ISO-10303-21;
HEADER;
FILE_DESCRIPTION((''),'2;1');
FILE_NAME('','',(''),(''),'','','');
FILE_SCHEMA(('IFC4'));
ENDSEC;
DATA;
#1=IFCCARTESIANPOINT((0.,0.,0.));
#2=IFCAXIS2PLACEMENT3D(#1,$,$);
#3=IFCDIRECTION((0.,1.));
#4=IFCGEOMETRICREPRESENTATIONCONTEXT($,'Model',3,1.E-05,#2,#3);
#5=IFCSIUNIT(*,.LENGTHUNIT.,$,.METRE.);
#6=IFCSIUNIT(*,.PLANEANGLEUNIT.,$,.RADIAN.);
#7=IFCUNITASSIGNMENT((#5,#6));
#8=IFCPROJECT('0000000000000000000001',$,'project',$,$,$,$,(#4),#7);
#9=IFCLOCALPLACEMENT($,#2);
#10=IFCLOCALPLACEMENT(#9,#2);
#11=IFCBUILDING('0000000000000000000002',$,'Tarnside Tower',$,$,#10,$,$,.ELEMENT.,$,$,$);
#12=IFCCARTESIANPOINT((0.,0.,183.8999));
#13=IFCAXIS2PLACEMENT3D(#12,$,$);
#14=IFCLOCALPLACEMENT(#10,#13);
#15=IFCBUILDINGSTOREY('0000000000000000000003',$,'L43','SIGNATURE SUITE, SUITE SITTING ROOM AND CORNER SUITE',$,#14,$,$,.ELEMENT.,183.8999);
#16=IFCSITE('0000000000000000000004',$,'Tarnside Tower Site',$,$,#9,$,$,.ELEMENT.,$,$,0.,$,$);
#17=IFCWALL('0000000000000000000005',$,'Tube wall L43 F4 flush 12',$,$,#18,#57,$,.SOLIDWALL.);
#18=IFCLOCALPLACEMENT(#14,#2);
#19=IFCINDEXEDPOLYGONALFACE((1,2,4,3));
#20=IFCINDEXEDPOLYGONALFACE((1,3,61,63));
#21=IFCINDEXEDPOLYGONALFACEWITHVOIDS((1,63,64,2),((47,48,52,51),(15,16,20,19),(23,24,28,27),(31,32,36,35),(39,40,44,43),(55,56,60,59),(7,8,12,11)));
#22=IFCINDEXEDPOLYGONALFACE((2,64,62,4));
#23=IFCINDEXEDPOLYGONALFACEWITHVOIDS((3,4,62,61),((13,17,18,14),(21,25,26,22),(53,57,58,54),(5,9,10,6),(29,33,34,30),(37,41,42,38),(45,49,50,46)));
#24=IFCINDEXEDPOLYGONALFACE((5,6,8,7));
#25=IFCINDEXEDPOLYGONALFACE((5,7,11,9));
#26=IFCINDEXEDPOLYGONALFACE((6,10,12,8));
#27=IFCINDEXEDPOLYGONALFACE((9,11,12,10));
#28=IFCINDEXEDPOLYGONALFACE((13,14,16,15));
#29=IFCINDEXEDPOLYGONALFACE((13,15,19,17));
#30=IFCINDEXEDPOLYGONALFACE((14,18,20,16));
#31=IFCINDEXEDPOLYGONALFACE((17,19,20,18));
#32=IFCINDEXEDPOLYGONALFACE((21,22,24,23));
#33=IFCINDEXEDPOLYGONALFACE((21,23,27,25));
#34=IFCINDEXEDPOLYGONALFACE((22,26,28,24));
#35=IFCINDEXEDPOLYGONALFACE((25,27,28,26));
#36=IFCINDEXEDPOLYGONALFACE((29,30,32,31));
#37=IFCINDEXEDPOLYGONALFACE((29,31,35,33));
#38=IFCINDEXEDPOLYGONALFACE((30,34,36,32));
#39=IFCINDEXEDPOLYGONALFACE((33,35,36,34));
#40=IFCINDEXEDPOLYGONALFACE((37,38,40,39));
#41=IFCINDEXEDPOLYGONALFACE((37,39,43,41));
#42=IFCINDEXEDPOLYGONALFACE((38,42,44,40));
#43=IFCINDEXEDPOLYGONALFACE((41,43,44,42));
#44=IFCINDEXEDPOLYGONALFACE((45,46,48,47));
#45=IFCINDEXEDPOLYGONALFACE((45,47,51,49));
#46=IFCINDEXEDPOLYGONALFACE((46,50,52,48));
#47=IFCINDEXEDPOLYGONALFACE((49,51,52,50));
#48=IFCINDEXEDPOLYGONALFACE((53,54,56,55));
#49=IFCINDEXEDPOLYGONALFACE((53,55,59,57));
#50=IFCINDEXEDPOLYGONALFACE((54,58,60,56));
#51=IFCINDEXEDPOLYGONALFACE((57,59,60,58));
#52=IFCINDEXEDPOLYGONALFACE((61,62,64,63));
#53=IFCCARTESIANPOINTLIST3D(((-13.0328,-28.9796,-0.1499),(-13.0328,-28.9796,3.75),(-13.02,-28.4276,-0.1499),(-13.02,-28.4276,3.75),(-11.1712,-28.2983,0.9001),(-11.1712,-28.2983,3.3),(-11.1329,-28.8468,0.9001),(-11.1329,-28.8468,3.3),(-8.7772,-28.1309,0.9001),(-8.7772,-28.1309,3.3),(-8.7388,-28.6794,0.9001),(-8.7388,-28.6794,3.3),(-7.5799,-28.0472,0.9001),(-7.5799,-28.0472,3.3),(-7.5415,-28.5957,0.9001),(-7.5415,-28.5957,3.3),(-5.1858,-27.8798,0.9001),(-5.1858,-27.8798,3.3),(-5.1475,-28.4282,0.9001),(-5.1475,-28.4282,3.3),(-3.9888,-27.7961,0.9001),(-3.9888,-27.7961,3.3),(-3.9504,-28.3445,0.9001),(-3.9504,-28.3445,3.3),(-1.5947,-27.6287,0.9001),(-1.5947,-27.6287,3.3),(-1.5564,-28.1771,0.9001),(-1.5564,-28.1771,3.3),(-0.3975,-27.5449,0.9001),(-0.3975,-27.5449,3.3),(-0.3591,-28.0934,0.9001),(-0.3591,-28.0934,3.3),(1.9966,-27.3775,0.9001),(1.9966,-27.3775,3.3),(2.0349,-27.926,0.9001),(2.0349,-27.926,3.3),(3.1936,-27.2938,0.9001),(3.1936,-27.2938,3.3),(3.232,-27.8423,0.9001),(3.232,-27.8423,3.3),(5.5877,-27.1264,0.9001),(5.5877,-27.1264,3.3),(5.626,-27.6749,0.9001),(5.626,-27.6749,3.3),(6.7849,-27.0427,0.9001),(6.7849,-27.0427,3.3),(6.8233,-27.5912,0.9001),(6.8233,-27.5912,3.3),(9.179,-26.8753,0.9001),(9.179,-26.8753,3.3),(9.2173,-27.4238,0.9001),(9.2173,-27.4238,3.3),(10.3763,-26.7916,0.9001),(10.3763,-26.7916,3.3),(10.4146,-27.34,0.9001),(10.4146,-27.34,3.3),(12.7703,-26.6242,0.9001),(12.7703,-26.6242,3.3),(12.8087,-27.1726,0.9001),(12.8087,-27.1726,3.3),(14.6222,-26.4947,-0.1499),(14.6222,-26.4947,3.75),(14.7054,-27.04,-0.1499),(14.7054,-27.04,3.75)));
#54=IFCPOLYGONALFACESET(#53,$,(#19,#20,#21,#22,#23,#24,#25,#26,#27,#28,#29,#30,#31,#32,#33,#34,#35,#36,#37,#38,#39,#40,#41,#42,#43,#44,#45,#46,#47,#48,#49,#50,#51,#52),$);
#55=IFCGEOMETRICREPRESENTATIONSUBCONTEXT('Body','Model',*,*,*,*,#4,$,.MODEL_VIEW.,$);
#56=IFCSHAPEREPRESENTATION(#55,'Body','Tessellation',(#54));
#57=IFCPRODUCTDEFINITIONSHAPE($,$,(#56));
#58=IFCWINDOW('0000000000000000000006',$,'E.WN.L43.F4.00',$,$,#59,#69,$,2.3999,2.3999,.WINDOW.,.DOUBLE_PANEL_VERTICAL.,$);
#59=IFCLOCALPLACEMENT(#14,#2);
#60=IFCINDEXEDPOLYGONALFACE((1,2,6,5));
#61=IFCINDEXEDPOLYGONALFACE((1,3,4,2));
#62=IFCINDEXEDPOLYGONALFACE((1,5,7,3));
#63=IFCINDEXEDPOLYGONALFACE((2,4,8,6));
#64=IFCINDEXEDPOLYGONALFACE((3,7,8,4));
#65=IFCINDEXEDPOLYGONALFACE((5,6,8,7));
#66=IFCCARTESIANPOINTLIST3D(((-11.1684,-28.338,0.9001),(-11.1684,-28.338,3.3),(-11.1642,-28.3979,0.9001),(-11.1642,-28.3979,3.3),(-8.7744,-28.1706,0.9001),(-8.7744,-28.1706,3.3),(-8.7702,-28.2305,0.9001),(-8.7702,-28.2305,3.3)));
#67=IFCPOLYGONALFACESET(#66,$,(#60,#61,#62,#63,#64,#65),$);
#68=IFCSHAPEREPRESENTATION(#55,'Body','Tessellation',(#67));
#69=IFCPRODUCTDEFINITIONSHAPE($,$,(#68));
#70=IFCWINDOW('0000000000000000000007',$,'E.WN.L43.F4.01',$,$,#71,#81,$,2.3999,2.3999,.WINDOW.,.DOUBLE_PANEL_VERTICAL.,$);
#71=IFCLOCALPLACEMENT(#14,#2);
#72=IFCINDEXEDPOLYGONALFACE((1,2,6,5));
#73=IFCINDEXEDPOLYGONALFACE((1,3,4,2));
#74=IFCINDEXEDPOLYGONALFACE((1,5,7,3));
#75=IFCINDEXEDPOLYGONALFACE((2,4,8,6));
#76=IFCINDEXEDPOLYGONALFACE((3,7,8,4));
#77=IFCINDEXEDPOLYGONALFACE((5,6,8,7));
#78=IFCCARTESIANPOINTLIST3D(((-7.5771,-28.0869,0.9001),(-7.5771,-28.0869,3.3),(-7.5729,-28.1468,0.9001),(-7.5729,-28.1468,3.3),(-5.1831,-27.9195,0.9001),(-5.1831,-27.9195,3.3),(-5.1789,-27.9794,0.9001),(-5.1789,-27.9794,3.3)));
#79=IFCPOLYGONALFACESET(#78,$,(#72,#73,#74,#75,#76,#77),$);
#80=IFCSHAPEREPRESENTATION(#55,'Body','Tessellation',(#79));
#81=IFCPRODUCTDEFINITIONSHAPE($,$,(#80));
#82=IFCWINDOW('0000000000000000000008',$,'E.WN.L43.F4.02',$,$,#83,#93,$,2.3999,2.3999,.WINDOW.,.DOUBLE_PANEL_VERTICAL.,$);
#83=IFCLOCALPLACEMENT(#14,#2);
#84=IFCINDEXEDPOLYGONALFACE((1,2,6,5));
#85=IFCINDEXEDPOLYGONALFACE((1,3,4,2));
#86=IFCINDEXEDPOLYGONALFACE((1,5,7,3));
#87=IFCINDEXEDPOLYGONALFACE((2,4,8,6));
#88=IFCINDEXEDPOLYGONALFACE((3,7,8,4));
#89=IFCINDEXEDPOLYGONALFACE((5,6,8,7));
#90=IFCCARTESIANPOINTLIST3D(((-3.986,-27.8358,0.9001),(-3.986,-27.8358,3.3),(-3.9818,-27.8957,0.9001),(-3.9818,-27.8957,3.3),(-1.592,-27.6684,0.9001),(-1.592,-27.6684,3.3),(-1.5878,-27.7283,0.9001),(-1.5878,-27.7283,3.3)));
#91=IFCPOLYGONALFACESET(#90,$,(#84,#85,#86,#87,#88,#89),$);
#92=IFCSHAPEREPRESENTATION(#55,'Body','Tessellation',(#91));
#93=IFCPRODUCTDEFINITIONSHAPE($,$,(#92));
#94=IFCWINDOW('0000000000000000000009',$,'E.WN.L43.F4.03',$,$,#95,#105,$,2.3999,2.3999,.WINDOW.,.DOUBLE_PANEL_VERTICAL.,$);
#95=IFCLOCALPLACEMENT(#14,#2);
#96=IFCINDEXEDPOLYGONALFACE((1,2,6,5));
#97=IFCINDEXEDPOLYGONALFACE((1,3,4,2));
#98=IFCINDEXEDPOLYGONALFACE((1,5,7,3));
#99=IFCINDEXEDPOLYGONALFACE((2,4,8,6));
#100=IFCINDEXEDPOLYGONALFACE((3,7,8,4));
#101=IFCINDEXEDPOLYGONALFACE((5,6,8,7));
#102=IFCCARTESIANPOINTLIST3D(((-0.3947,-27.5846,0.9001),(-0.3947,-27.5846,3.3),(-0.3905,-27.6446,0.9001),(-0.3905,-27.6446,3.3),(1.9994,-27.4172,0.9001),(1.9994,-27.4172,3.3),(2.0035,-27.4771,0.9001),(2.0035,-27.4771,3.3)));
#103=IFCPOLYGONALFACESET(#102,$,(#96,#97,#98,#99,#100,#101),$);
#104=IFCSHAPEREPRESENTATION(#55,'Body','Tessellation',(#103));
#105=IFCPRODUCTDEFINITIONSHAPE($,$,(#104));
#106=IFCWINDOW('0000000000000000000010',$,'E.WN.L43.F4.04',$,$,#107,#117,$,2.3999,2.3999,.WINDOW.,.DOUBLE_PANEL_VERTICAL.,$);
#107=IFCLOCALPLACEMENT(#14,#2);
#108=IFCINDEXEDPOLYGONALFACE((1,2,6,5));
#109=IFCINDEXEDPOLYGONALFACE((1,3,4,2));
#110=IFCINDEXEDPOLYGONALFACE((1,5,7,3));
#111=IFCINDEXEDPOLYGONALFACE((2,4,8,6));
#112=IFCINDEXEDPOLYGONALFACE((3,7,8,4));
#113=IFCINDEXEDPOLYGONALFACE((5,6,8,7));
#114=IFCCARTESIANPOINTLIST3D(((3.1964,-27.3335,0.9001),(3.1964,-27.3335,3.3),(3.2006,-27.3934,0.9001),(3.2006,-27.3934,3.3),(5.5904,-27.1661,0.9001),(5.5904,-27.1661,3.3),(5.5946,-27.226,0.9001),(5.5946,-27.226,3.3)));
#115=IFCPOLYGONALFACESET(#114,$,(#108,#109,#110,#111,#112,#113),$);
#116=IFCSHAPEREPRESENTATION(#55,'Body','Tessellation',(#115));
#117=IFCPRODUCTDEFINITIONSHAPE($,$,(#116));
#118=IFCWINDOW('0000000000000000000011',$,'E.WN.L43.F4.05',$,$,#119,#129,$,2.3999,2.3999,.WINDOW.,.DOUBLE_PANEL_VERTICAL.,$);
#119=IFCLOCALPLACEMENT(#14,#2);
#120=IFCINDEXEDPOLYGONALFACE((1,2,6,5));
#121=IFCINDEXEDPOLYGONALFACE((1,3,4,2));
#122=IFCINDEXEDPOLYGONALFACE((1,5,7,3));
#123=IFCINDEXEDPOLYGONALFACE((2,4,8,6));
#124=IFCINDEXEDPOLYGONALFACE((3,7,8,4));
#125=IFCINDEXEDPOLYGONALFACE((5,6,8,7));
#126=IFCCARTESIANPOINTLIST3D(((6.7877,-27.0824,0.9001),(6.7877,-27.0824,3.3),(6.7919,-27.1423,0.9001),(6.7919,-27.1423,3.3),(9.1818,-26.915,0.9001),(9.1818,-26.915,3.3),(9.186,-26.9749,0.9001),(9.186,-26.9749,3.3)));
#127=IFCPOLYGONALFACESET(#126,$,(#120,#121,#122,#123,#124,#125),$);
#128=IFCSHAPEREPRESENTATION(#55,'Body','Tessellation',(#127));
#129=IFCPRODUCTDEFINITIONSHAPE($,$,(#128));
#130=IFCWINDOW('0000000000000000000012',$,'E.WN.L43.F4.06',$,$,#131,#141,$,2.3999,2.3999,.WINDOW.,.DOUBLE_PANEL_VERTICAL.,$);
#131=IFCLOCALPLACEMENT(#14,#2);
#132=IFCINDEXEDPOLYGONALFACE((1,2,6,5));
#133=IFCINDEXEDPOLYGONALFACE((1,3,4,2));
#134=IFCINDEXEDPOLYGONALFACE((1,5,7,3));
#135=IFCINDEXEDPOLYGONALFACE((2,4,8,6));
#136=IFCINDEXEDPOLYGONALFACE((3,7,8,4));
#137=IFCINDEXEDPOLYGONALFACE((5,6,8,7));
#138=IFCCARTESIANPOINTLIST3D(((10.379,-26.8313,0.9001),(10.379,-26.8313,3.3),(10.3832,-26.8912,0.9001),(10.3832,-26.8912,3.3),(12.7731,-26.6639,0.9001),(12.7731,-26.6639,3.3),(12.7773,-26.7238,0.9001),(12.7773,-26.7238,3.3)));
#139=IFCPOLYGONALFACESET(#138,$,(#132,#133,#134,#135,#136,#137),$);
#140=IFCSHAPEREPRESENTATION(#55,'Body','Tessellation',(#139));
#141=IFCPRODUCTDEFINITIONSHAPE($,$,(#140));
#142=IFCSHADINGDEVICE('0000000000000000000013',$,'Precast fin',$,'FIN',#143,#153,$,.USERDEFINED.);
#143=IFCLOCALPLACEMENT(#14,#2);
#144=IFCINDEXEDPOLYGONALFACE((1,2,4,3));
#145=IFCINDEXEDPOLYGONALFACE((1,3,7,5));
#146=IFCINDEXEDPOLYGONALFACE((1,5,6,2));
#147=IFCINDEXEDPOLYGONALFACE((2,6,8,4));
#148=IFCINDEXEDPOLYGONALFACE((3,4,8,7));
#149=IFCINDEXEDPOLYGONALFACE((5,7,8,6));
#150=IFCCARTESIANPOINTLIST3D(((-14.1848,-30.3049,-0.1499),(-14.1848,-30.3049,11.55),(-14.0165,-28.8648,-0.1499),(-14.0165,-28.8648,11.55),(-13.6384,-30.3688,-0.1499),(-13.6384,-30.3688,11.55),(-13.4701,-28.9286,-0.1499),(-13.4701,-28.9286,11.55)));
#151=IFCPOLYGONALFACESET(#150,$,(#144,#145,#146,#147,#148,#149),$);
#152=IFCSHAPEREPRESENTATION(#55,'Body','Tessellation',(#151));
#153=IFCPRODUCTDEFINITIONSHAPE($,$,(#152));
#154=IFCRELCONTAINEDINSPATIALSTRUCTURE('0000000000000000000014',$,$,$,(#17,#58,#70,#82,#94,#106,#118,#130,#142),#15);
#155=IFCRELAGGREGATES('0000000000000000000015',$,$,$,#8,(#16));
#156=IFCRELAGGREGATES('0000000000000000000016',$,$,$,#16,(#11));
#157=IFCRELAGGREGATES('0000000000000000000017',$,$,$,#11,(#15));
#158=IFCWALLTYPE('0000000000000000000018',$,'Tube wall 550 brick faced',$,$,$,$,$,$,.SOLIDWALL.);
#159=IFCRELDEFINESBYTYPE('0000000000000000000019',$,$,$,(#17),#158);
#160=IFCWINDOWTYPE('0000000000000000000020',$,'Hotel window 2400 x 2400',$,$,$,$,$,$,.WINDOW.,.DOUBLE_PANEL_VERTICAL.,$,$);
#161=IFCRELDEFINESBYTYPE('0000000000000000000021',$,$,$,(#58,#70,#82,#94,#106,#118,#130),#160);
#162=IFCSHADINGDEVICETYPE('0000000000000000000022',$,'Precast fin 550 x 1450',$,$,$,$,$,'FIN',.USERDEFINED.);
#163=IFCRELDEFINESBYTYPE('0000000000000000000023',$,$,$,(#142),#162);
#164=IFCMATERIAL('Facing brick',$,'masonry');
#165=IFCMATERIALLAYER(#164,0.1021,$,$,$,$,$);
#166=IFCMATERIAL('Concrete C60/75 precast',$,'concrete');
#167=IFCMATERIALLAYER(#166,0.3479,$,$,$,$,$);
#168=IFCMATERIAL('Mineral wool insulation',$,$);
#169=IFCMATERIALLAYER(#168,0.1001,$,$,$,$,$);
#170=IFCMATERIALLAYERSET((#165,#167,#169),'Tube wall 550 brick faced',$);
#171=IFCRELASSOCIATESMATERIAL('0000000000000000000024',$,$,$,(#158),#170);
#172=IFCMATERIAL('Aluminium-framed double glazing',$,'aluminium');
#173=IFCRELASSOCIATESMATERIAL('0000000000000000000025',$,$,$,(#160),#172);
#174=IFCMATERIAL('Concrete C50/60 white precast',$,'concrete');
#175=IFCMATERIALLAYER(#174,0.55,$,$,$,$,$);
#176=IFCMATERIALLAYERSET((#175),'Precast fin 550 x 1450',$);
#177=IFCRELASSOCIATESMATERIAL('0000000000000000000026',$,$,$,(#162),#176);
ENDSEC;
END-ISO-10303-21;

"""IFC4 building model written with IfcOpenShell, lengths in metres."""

from ifc_helpers import new_model, si_unit, direction, frame, frame_2d, origin, place, context, subcontext, project, spatial, polyline, rectangle, outline, extrude, material, layer, layer_set, type_object, element, fill, save


model = new_model("IFC4")

# Units and contexts
model_context = context("Model", 3, precision=1e-05, world=origin(), true_north=direction((0.0, 1.0)))
body_context = subcontext(model_context, "Body", "Model", "MODEL_VIEW")
ifc_project = project(units=[si_unit("LENGTHUNIT", "METRE"), si_unit("PLANEANGLEUNIT", "RADIAN")], contexts=[model_context])

# Site, building, storey
site_placement = place(None, origin())
site = spatial("IfcSite", under=ifc_project, at=site_placement, Name="Tarnside Tower Site", CompositionType="ELEMENT", RefElevation=0.0)
building_placement = place(site_placement, origin())
building = spatial("IfcBuilding", under=site, at=building_placement, Name="Tarnside Tower", CompositionType="ELEMENT")
storey_placement = place(building_placement, frame((0.0, 0.0, 183.8999)))
storey = spatial("IfcBuildingStorey", under=building, at=storey_placement, Name="L43", Description="SIGNATURE SUITE, SUITE SITTING ROOM AND CORNER SUITE", CompositionType="ELEMENT", Elevation=183.8999)

# Shared definitions
ifc_material_1 = material(Name="Facing brick", Category="masonry")
ifc_layer_1 = layer(ifc_material_1, 0.1021)
ifc_material_2 = material(Name="Concrete C60/75 precast", Category="concrete")
ifc_layer_2 = layer(ifc_material_2, 0.3479)
ifc_material_3 = material(Name="Mineral wool insulation")
ifc_layer_3 = layer(ifc_material_3, 0.1001)
ifc_layer_set_1 = layer_set([ifc_layer_1, ifc_layer_2, ifc_layer_3], Name="Tube wall 550 brick faced")
wall_type_1 = type_object("IfcWallType", Name="Tube wall 550 brick faced", PredefinedType="SOLIDWALL", material=ifc_layer_set_1)

# Wall, openings, windows
wall_1_placement = place(storey_placement, frame((-13.0264, -28.7036, -0.1499), z_axis=(0.0, 0.0, 1.0), x_axis=(0.997564, 0.069756, 0.0)))
wall_1 = element("IfcWall", 1, at=wall_1_placement, inside=storey, type_object=wall_type_1, Name="Tube wall L43 F4 flush 12", PredefinedType="SOLIDWALL", context=body_context, shape_type="SweptSolid", body=[
    extrude(outline(polyline([(-0.0256, -0.2749), (27.7803, -0.2749), (27.7354, 0.2749), (0.0256, 0.2749), (-0.0256, -0.2749)])), origin(), (0.0, 0.0, 1.0), 3.8999),
])
opening_1_placement = place(wall_1_placement, frame((1.8789, 0.0, 1.05)))
opening_1 = element("IfcOpeningElement", 2, at=opening_1_placement, cuts=wall_1, PredefinedType="OPENING", context=body_context, shape_type="SweptSolid", body=[
    extrude(rectangle(XDim=2.3999, YDim=2.3999, at=frame_2d((1.2, 1.2))), frame((0.0, 0.2852, 0.0), z_axis=(0.0, -1.0, 0.0), x_axis=(1.0, 0.0, 0.0)), (0.0, 0.0, 1.0), 0.5701),
])
opening_2_placement = place(wall_1_placement, frame((5.479, 0.0, 1.05)))
opening_2 = element("IfcOpeningElement", 3, at=opening_2_placement, cuts=wall_1, PredefinedType="OPENING", context=body_context, shape_type="SweptSolid", body=[
    extrude(rectangle(XDim=2.3999, YDim=2.3999, at=frame_2d((1.2, 1.2))), frame((0.0, 0.2852, 0.0), z_axis=(0.0, -1.0, 0.0), x_axis=(1.0, 0.0, 0.0)), (0.0, 0.0, 1.0), 0.5701),
])
opening_3_placement = place(wall_1_placement, frame((9.0789, 0.0, 1.05)))
opening_3 = element("IfcOpeningElement", 4, at=opening_3_placement, cuts=wall_1, PredefinedType="OPENING", context=body_context, shape_type="SweptSolid", body=[
    extrude(rectangle(XDim=2.3999, YDim=2.3999, at=frame_2d((1.2, 1.2))), frame((0.0, 0.2852, 0.0), z_axis=(0.0, -1.0, 0.0), x_axis=(1.0, 0.0, 0.0)), (0.0, 0.0, 1.0), 0.5701),
])
opening_4_placement = place(wall_1_placement, frame((12.679, 0.0, 1.05)))
opening_4 = element("IfcOpeningElement", 5, at=opening_4_placement, cuts=wall_1, PredefinedType="OPENING", context=body_context, shape_type="SweptSolid", body=[
    extrude(rectangle(XDim=2.3999, YDim=2.3999, at=frame_2d((1.2, 1.2))), frame((0.0, 0.2852, 0.0), z_axis=(0.0, -1.0, 0.0), x_axis=(1.0, 0.0, 0.0)), (0.0, 0.0, 1.0), 0.5701),
])
opening_5_placement = place(wall_1_placement, frame((16.2788, 0.0, 1.05)))
opening_5 = element("IfcOpeningElement", 6, at=opening_5_placement, cuts=wall_1, PredefinedType="OPENING", context=body_context, shape_type="SweptSolid", body=[
    extrude(rectangle(XDim=2.3999, YDim=2.3999, at=frame_2d((1.2, 1.2))), frame((0.0, 0.2852, 0.0), z_axis=(0.0, -1.0, 0.0), x_axis=(1.0, 0.0, 0.0)), (0.0, 0.0, 1.0), 0.5701),
])
opening_6_placement = place(wall_1_placement, frame((19.8789, 0.0, 1.05)))
opening_6 = element("IfcOpeningElement", 7, at=opening_6_placement, cuts=wall_1, PredefinedType="OPENING", context=body_context, shape_type="SweptSolid", body=[
    extrude(rectangle(XDim=2.3999, YDim=2.3999, at=frame_2d((1.2, 1.2))), frame((0.0, 0.2852, 0.0), z_axis=(0.0, -1.0, 0.0), x_axis=(1.0, 0.0, 0.0)), (0.0, 0.0, 1.0), 0.5701),
])
opening_7_placement = place(wall_1_placement, frame((23.479, 0.0, 1.05)))
opening_7 = element("IfcOpeningElement", 8, at=opening_7_placement, cuts=wall_1, PredefinedType="OPENING", context=body_context, shape_type="SweptSolid", body=[
    extrude(rectangle(XDim=2.3999, YDim=2.3999, at=frame_2d((1.2, 1.2))), frame((0.0, 0.2852, 0.0), z_axis=(0.0, -1.0, 0.0), x_axis=(1.0, 0.0, 0.0)), (0.0, 0.0, 1.0), 0.5701),
])
ifc_material_4 = material(Name="Aluminium-framed double glazing", Category="aluminium")
window_type = type_object("IfcWindowType", Name="Hotel window 2400 x 2400", PartitioningType="DOUBLE_PANEL_VERTICAL", PredefinedType="WINDOW", material=ifc_material_4)
window_1_placement = place(opening_1_placement, frame((0.0, 0.2051, 0.0)))
window_1 = element("IfcWindow", 9, at=window_1_placement, inside=storey, type_object=window_type, Name="E.WN.L43.F4.00", OverallHeight=2.3999, OverallWidth=2.3999, PartitioningType="DOUBLE_PANEL_VERTICAL", PredefinedType="WINDOW", context=body_context, shape_type="SweptSolid", body=[
    extrude(rectangle(XDim=2.3999, YDim=2.3999, at=frame_2d((1.2, 1.2))), frame((0.0, 0.03, 0.0), z_axis=(0.0, -1.0, 0.0), x_axis=(1.0, 0.0, 0.0)), (0.0, 0.0, 1.0), 0.0601),
])
fill(opening_1, window_1)
window_2_placement = place(opening_2_placement, frame((0.0, 0.2051, 0.0)))
window_2 = element("IfcWindow", 10, at=window_2_placement, inside=storey, type_object=window_type, Name="E.WN.L43.F4.01", OverallHeight=2.3999, OverallWidth=2.3999, PartitioningType="DOUBLE_PANEL_VERTICAL", PredefinedType="WINDOW", context=body_context, shape_type="SweptSolid", body=[
    extrude(rectangle(XDim=2.3999, YDim=2.3999, at=frame_2d((1.2, 1.2))), frame((0.0, 0.03, 0.0), z_axis=(0.0, -1.0, 0.0), x_axis=(1.0, 0.0, 0.0)), (0.0, 0.0, 1.0), 0.0601),
])
fill(opening_2, window_2)
window_3_placement = place(opening_3_placement, frame((0.0, 0.2051, 0.0)))
window_3 = element("IfcWindow", 11, at=window_3_placement, inside=storey, type_object=window_type, Name="E.WN.L43.F4.02", OverallHeight=2.3999, OverallWidth=2.3999, PartitioningType="DOUBLE_PANEL_VERTICAL", PredefinedType="WINDOW", context=body_context, shape_type="SweptSolid", body=[
    extrude(rectangle(XDim=2.3999, YDim=2.3999, at=frame_2d((1.2, 1.2))), frame((0.0, 0.03, 0.0), z_axis=(0.0, -1.0, 0.0), x_axis=(1.0, 0.0, 0.0)), (0.0, 0.0, 1.0), 0.0601),
])
fill(opening_3, window_3)
window_4_placement = place(opening_4_placement, frame((0.0, 0.2051, 0.0)))
window_4 = element("IfcWindow", 12, at=window_4_placement, inside=storey, type_object=window_type, Name="E.WN.L43.F4.03", OverallHeight=2.3999, OverallWidth=2.3999, PartitioningType="DOUBLE_PANEL_VERTICAL", PredefinedType="WINDOW", context=body_context, shape_type="SweptSolid", body=[
    extrude(rectangle(XDim=2.3999, YDim=2.3999, at=frame_2d((1.2, 1.2))), frame((0.0, 0.03, 0.0), z_axis=(0.0, -1.0, 0.0), x_axis=(1.0, 0.0, 0.0)), (0.0, 0.0, 1.0), 0.0601),
])
fill(opening_4, window_4)
window_5_placement = place(opening_5_placement, frame((0.0, 0.2051, 0.0)))
window_5 = element("IfcWindow", 13, at=window_5_placement, inside=storey, type_object=window_type, Name="E.WN.L43.F4.04", OverallHeight=2.3999, OverallWidth=2.3999, PartitioningType="DOUBLE_PANEL_VERTICAL", PredefinedType="WINDOW", context=body_context, shape_type="SweptSolid", body=[
    extrude(rectangle(XDim=2.3999, YDim=2.3999, at=frame_2d((1.2, 1.2))), frame((0.0, 0.03, 0.0), z_axis=(0.0, -1.0, 0.0), x_axis=(1.0, 0.0, 0.0)), (0.0, 0.0, 1.0), 0.0601),
])
fill(opening_5, window_5)
window_6_placement = place(opening_6_placement, frame((0.0, 0.2051, 0.0)))
window_6 = element("IfcWindow", 14, at=window_6_placement, inside=storey, type_object=window_type, Name="E.WN.L43.F4.05", OverallHeight=2.3999, OverallWidth=2.3999, PartitioningType="DOUBLE_PANEL_VERTICAL", PredefinedType="WINDOW", context=body_context, shape_type="SweptSolid", body=[
    extrude(rectangle(XDim=2.3999, YDim=2.3999, at=frame_2d((1.2, 1.2))), frame((0.0, 0.03, 0.0), z_axis=(0.0, -1.0, 0.0), x_axis=(1.0, 0.0, 0.0)), (0.0, 0.0, 1.0), 0.0601),
])
fill(opening_6, window_6)
window_7_placement = place(opening_7_placement, frame((0.0, 0.2051, 0.0)))
window_7 = element("IfcWindow", 15, at=window_7_placement, inside=storey, type_object=window_type, Name="E.WN.L43.F4.06", OverallHeight=2.3999, OverallWidth=2.3999, PartitioningType="DOUBLE_PANEL_VERTICAL", PredefinedType="WINDOW", context=body_context, shape_type="SweptSolid", body=[
    extrude(rectangle(XDim=2.3999, YDim=2.3999, at=frame_2d((1.2, 1.2))), frame((0.0, 0.03, 0.0), z_axis=(0.0, -1.0, 0.0), x_axis=(1.0, 0.0, 0.0)), (0.0, 0.0, 1.0), 0.0601),
])
fill(opening_7, window_7)

# Shading device
ifc_material_5 = material(Name="Concrete C50/60 white precast", Category="concrete")
ifc_layer_4 = layer(ifc_material_5, 0.55)
ifc_layer_set_2 = layer_set([ifc_layer_4], Name="Precast fin 550 x 1450")
shading_device_type_1 = type_object("IfcShadingDeviceType", Name="Precast fin 550 x 1450", ElementType="FIN", PredefinedType="USERDEFINED", material=ifc_layer_set_2)
shading_device_placement = place(storey_placement, frame((-13.7432, -28.8967, -0.1499), z_axis=(-0.993238, 0.116093, 0.0), x_axis=(-0.116093, -0.993238, 0.0)))
element("IfcShadingDevice", 16, at=shading_device_placement, inside=storey, type_object=shading_device_type_1, Name="Precast fin", ObjectType="FIN", PredefinedType="USERDEFINED", context=body_context, shape_type="SweptSolid", body=[
    extrude(outline(polyline([(0.0, 0.0), (1.45, 0.0), (1.45, 11.7), (0.0, 11.7), (0.0, 0.0)])), frame((0.0, 0.0, -0.2749)), (0.0, 0.0, 1.0), 0.55),
])

save(model, "model.ifc")
